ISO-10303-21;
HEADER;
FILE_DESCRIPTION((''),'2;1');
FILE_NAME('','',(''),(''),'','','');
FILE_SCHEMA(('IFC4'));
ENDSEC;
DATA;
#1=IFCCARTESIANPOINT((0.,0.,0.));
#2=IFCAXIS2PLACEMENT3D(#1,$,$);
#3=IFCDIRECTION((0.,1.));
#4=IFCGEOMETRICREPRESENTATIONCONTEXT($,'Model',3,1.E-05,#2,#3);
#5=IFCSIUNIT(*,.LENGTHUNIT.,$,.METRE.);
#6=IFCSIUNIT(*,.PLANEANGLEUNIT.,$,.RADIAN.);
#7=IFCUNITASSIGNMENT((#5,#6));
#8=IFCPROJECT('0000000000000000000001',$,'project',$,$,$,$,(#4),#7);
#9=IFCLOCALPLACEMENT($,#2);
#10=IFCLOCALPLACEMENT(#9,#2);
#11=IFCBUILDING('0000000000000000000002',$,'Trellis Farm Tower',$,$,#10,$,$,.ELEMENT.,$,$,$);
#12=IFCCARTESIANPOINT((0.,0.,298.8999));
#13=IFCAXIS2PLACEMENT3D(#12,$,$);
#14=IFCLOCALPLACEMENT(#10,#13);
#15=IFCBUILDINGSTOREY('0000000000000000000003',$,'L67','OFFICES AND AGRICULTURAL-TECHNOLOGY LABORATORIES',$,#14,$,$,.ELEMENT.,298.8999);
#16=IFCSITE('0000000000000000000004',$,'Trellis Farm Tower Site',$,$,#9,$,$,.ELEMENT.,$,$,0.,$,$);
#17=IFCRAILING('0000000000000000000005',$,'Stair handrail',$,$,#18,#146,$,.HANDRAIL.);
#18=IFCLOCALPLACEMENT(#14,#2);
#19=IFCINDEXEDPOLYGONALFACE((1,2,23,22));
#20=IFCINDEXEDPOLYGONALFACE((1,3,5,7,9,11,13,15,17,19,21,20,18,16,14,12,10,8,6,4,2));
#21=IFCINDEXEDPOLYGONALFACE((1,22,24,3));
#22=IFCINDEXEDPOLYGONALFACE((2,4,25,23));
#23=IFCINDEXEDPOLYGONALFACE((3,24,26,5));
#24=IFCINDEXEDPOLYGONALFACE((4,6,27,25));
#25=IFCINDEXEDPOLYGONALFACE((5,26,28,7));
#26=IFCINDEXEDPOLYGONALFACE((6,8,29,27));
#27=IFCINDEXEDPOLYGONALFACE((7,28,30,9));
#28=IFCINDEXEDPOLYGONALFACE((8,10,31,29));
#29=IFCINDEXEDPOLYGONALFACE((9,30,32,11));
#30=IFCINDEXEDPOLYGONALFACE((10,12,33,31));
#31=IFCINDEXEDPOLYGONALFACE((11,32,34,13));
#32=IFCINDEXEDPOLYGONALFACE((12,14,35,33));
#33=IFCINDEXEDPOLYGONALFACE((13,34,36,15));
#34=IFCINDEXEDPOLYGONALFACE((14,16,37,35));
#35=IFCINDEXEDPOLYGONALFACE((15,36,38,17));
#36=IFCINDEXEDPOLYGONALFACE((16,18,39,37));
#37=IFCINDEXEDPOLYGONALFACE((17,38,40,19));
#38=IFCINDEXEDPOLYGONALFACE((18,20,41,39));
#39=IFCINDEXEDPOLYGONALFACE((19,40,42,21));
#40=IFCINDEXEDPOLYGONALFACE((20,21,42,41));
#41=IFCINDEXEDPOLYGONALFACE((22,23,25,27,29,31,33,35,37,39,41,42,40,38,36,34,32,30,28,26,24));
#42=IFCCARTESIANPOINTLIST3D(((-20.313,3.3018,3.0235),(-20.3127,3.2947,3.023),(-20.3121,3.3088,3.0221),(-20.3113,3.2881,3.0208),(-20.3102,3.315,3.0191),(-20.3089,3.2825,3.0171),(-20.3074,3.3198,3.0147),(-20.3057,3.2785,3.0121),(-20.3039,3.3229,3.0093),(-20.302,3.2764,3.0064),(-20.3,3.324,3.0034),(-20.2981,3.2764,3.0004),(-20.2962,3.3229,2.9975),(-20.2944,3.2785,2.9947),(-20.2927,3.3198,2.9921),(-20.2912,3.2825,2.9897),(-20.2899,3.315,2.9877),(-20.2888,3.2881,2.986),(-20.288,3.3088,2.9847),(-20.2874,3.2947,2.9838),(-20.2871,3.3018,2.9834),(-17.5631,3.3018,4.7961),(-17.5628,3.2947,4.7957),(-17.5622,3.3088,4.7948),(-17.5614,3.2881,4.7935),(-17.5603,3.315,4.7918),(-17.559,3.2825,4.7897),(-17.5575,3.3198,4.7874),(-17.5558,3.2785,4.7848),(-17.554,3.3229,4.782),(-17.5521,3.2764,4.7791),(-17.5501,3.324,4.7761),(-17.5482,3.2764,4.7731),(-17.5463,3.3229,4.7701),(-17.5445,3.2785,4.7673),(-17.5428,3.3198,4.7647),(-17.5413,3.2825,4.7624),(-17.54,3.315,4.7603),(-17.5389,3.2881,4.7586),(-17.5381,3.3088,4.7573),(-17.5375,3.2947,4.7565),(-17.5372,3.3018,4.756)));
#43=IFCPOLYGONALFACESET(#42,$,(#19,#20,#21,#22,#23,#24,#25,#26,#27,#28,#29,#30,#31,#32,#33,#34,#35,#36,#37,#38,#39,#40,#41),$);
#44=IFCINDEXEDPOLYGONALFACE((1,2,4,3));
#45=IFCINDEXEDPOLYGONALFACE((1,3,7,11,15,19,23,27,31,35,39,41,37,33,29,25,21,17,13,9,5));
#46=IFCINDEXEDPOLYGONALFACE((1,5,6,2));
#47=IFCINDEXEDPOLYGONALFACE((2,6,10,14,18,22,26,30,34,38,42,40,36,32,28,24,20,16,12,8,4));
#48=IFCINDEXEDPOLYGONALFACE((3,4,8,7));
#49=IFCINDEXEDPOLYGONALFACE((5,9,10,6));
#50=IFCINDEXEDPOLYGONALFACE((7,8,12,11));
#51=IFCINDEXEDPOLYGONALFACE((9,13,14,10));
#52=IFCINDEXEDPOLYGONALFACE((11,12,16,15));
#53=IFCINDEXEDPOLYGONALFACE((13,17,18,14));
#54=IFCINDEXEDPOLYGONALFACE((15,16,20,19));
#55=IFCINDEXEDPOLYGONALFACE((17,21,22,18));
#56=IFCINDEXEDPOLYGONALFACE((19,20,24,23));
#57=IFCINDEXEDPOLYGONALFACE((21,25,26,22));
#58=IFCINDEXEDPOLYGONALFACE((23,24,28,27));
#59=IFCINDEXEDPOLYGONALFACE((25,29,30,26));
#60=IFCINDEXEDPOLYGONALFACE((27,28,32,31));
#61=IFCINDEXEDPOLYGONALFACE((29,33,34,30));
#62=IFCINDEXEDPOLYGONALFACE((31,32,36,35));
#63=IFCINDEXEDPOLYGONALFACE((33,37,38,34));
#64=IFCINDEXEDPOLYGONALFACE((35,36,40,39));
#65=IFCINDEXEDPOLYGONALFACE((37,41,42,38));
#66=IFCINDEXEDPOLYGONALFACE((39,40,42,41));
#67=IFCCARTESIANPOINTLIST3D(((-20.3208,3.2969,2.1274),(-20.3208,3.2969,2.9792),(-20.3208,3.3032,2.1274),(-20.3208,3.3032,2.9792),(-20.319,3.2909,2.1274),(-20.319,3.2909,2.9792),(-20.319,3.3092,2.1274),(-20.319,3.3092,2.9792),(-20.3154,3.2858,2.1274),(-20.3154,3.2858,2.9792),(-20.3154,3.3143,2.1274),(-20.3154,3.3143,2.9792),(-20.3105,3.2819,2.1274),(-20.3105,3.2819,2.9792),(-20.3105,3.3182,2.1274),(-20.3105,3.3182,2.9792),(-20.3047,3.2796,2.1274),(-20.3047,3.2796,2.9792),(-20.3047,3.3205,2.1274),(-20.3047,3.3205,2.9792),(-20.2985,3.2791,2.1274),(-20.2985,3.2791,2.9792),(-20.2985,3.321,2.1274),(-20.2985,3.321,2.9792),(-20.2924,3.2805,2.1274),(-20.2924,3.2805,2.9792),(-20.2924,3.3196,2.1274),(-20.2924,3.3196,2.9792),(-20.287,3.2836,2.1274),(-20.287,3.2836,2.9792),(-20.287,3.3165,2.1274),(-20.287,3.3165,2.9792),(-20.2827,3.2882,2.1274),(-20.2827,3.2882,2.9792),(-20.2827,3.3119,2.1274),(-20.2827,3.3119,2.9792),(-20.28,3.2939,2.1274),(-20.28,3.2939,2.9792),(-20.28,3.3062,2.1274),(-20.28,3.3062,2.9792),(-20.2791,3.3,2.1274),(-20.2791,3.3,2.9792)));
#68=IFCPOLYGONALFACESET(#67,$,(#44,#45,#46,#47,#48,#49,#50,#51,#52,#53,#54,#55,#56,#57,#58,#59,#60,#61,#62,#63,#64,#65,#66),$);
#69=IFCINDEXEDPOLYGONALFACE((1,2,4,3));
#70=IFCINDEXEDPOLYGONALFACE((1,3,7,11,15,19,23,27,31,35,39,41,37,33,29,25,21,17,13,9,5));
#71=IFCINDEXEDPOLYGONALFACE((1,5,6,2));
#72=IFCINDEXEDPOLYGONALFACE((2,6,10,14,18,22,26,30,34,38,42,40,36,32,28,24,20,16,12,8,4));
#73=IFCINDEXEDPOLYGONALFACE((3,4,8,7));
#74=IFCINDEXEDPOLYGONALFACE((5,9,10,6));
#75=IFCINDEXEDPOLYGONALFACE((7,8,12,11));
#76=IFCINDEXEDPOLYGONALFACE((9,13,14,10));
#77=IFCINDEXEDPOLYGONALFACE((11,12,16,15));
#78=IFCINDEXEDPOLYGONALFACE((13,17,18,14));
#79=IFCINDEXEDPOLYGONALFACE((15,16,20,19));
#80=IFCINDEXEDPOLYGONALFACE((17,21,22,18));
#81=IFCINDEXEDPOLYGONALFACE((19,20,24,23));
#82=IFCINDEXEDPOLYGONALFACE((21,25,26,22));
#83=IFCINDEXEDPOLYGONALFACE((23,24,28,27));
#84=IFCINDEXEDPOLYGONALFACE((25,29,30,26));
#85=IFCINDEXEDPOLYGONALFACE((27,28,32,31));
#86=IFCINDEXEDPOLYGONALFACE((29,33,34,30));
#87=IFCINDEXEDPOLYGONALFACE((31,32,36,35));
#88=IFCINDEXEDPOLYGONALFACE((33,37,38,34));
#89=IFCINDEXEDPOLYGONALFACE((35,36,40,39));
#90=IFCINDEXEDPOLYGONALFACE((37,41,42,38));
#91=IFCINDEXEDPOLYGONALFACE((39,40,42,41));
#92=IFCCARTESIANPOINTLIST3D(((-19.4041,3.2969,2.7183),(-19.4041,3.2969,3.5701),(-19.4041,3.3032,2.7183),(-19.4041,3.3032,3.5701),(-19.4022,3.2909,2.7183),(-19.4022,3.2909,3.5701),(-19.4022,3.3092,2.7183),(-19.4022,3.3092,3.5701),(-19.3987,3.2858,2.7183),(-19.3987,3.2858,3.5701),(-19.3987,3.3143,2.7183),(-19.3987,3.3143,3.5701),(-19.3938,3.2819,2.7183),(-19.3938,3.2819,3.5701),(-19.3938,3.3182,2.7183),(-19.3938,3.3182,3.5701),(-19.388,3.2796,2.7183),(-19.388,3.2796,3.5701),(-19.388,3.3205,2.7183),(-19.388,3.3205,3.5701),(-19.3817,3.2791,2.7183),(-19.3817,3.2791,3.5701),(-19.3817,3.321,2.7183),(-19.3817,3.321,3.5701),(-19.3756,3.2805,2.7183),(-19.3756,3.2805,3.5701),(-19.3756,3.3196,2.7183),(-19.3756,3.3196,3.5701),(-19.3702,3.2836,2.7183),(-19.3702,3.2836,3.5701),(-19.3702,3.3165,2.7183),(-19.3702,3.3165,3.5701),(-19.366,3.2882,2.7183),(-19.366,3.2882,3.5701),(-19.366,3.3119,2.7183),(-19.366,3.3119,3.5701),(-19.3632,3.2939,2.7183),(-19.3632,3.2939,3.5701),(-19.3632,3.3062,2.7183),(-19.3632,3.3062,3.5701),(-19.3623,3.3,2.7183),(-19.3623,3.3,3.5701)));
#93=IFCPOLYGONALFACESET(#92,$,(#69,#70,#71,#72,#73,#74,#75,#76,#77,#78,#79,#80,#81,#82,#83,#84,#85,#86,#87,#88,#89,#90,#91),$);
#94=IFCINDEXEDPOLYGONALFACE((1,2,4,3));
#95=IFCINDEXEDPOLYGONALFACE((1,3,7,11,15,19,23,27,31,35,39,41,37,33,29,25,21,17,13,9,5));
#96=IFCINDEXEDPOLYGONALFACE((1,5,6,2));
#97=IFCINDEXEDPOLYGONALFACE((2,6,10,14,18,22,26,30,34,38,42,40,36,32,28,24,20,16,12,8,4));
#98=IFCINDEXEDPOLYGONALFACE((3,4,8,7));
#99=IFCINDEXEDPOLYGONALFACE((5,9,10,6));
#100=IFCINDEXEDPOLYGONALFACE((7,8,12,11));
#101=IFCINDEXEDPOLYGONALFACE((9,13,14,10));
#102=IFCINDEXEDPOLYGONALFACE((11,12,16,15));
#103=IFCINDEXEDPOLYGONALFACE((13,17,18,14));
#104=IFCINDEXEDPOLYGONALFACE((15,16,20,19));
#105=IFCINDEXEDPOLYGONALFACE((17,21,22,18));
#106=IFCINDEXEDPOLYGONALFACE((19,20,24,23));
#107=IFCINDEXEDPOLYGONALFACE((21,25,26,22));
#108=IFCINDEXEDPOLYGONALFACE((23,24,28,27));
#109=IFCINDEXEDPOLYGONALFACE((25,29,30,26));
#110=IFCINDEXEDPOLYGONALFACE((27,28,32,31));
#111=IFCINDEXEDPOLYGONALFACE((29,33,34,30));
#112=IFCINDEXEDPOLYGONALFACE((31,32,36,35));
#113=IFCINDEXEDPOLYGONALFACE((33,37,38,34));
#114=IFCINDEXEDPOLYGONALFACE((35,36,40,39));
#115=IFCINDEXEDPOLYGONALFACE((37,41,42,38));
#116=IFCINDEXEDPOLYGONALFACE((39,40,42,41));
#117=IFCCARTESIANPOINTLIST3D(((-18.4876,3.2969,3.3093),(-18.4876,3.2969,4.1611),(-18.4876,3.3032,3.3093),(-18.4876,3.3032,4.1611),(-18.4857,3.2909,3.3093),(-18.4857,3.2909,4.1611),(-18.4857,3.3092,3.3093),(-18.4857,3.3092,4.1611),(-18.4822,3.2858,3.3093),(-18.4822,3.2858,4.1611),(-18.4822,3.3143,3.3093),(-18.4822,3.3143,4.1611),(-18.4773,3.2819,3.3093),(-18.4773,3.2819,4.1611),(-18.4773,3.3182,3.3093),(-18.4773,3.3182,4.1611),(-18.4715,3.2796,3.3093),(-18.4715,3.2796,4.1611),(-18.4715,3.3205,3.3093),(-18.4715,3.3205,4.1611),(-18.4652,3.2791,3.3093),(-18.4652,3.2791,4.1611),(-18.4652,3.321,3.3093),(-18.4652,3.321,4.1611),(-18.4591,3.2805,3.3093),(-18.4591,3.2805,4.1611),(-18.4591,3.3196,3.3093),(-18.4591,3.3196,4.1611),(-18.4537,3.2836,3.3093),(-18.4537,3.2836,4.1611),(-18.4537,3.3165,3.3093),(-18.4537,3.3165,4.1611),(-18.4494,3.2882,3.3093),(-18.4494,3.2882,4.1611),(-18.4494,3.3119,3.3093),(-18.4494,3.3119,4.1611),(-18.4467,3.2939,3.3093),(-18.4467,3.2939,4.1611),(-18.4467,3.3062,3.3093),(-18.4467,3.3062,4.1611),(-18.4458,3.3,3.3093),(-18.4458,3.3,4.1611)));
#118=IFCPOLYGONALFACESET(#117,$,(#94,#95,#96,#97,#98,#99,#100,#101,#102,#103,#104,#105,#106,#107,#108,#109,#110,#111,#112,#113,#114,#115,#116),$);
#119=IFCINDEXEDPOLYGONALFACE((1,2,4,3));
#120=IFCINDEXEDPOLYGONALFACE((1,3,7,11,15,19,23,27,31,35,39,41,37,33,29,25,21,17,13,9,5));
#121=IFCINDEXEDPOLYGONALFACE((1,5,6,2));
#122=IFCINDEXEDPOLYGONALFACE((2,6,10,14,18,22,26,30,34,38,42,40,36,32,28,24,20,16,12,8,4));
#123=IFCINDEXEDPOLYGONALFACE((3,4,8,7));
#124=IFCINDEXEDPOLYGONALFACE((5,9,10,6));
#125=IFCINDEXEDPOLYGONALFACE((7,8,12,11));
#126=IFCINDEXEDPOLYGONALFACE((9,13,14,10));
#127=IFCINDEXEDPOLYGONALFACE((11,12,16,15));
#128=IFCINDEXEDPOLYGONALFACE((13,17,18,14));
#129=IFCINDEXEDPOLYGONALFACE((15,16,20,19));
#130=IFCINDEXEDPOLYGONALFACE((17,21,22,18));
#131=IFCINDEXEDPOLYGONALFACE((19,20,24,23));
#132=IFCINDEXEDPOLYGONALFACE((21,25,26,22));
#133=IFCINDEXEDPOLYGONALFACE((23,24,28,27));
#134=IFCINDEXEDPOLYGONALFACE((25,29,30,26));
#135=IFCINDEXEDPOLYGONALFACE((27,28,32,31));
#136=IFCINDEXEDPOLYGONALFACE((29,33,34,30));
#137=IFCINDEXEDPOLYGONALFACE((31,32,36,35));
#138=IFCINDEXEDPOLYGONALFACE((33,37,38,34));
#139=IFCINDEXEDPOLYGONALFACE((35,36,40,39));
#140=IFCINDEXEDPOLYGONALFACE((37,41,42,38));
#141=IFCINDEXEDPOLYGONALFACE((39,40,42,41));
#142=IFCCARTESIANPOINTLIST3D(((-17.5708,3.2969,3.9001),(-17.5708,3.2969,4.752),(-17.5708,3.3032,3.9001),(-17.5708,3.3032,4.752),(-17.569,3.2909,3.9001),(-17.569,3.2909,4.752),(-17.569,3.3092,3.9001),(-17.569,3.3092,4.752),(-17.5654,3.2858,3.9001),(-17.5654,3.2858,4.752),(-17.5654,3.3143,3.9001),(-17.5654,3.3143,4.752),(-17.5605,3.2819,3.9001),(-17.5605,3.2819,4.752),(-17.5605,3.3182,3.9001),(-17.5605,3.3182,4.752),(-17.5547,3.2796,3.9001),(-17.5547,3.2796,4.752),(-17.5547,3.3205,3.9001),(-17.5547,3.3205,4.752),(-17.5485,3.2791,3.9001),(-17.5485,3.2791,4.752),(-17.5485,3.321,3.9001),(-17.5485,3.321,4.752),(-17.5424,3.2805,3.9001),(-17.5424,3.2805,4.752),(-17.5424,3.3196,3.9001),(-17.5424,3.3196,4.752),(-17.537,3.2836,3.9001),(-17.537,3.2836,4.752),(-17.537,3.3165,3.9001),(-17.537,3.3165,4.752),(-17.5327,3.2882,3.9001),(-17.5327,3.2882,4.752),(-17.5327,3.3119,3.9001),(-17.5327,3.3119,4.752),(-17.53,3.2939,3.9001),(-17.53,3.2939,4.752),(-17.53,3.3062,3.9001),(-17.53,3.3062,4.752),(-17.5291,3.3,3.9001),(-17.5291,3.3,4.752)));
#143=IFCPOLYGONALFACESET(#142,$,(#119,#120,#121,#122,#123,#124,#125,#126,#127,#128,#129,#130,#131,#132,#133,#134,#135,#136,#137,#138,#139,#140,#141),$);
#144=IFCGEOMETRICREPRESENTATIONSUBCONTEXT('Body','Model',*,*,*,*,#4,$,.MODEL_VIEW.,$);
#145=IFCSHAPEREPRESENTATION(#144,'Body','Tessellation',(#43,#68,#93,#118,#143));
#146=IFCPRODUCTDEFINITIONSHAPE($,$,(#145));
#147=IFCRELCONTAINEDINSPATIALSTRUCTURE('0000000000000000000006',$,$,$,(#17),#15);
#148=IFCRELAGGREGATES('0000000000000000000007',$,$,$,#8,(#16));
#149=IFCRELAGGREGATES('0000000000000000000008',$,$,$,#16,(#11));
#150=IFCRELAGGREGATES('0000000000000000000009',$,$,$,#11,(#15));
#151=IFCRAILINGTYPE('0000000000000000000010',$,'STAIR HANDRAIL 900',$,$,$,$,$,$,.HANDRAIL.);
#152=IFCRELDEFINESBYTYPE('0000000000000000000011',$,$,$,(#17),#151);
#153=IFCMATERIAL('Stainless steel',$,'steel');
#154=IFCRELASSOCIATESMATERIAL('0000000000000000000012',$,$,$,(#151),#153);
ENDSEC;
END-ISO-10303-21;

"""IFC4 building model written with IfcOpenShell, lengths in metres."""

from ifc_helpers import new_model, si_unit, direction, frame, origin, origin_2d, place, context, subcontext, project, spatial, circle, extrude, source, transform, mapped, material, type_object, element, save


model = new_model("IFC4")

# Units and contexts
model_context = context("Model", 3, precision=1e-05, world=origin(), true_north=direction((0.0, 1.0)))
body_context = subcontext(model_context, "Body", "Model", "MODEL_VIEW")
ifc_project = project(units=[si_unit("LENGTHUNIT", "METRE"), si_unit("PLANEANGLEUNIT", "RADIAN")], contexts=[model_context])

# Site, building, storey
site_placement = place(None, origin())
site = spatial("IfcSite", under=ifc_project, at=site_placement, Name="Trellis Farm Tower Site", CompositionType="ELEMENT", RefElevation=0.0)
building_placement = place(site_placement, origin())
building = spatial("IfcBuilding", under=site, at=building_placement, Name="Trellis Farm Tower", CompositionType="ELEMENT")
storey_placement = place(building_placement, frame((0.0, 0.0, 298.8999)))
storey = spatial("IfcBuildingStorey", under=building, at=storey_placement, Name="L67", Description="OFFICES AND AGRICULTURAL-TECHNOLOGY LABORATORIES", CompositionType="ELEMENT", Elevation=298.8999)

# Railing
ifc_material_1 = material(Name="Stainless steel", Category="steel")
railing_type = type_object("IfcRailingType", Name="STAIR HANDRAIL 900", PredefinedType="HANDRAIL", material=ifc_material_1)
shared_shape_1 = source(origin(), body_context, "Body", "SweptSolid", [
    extrude(circle(Radius=0.0239, at=origin_2d()), frame((0.0, 0.0, 0.876), z_axis=(0.840504, 0.0, 0.541806), x_axis=(0.0, 1.0, 0.0)), (0.0, 0.0, 1.0), 3.2717),
    extrude(circle(Radius=0.021, at=origin_2d()), origin(), (0.0, 0.0, 1.0), 0.8518),
    extrude(circle(Radius=0.021, at=origin_2d()), frame((0.9167, 0.0, 0.5908)), (0.0, 0.0, 1.0), 0.8518),
    extrude(circle(Radius=0.021, at=origin_2d()), frame((1.8333, 0.0, 1.1819)), (0.0, 0.0, 1.0), 0.8518),
    extrude(circle(Radius=0.021, at=origin_2d()), frame((2.75, 0.0, 1.7727)), (0.0, 0.0, 1.0), 0.8518),
])
for number, where, name in (
    (1, (-20.3, 3.3, 2.1274), "Stair handrail"),
):
    element("IfcRailing", number, at=place(storey_placement, frame(where)), inside=storey, type_object=railing_type, Name=name, PredefinedType="HANDRAIL", context=body_context, shape_type="MappedRepresentation", body=[
        mapped(shared_shape_1, transform((0.0, 0.0, 0.0))),
    ])

save(model, "model.ifc")
